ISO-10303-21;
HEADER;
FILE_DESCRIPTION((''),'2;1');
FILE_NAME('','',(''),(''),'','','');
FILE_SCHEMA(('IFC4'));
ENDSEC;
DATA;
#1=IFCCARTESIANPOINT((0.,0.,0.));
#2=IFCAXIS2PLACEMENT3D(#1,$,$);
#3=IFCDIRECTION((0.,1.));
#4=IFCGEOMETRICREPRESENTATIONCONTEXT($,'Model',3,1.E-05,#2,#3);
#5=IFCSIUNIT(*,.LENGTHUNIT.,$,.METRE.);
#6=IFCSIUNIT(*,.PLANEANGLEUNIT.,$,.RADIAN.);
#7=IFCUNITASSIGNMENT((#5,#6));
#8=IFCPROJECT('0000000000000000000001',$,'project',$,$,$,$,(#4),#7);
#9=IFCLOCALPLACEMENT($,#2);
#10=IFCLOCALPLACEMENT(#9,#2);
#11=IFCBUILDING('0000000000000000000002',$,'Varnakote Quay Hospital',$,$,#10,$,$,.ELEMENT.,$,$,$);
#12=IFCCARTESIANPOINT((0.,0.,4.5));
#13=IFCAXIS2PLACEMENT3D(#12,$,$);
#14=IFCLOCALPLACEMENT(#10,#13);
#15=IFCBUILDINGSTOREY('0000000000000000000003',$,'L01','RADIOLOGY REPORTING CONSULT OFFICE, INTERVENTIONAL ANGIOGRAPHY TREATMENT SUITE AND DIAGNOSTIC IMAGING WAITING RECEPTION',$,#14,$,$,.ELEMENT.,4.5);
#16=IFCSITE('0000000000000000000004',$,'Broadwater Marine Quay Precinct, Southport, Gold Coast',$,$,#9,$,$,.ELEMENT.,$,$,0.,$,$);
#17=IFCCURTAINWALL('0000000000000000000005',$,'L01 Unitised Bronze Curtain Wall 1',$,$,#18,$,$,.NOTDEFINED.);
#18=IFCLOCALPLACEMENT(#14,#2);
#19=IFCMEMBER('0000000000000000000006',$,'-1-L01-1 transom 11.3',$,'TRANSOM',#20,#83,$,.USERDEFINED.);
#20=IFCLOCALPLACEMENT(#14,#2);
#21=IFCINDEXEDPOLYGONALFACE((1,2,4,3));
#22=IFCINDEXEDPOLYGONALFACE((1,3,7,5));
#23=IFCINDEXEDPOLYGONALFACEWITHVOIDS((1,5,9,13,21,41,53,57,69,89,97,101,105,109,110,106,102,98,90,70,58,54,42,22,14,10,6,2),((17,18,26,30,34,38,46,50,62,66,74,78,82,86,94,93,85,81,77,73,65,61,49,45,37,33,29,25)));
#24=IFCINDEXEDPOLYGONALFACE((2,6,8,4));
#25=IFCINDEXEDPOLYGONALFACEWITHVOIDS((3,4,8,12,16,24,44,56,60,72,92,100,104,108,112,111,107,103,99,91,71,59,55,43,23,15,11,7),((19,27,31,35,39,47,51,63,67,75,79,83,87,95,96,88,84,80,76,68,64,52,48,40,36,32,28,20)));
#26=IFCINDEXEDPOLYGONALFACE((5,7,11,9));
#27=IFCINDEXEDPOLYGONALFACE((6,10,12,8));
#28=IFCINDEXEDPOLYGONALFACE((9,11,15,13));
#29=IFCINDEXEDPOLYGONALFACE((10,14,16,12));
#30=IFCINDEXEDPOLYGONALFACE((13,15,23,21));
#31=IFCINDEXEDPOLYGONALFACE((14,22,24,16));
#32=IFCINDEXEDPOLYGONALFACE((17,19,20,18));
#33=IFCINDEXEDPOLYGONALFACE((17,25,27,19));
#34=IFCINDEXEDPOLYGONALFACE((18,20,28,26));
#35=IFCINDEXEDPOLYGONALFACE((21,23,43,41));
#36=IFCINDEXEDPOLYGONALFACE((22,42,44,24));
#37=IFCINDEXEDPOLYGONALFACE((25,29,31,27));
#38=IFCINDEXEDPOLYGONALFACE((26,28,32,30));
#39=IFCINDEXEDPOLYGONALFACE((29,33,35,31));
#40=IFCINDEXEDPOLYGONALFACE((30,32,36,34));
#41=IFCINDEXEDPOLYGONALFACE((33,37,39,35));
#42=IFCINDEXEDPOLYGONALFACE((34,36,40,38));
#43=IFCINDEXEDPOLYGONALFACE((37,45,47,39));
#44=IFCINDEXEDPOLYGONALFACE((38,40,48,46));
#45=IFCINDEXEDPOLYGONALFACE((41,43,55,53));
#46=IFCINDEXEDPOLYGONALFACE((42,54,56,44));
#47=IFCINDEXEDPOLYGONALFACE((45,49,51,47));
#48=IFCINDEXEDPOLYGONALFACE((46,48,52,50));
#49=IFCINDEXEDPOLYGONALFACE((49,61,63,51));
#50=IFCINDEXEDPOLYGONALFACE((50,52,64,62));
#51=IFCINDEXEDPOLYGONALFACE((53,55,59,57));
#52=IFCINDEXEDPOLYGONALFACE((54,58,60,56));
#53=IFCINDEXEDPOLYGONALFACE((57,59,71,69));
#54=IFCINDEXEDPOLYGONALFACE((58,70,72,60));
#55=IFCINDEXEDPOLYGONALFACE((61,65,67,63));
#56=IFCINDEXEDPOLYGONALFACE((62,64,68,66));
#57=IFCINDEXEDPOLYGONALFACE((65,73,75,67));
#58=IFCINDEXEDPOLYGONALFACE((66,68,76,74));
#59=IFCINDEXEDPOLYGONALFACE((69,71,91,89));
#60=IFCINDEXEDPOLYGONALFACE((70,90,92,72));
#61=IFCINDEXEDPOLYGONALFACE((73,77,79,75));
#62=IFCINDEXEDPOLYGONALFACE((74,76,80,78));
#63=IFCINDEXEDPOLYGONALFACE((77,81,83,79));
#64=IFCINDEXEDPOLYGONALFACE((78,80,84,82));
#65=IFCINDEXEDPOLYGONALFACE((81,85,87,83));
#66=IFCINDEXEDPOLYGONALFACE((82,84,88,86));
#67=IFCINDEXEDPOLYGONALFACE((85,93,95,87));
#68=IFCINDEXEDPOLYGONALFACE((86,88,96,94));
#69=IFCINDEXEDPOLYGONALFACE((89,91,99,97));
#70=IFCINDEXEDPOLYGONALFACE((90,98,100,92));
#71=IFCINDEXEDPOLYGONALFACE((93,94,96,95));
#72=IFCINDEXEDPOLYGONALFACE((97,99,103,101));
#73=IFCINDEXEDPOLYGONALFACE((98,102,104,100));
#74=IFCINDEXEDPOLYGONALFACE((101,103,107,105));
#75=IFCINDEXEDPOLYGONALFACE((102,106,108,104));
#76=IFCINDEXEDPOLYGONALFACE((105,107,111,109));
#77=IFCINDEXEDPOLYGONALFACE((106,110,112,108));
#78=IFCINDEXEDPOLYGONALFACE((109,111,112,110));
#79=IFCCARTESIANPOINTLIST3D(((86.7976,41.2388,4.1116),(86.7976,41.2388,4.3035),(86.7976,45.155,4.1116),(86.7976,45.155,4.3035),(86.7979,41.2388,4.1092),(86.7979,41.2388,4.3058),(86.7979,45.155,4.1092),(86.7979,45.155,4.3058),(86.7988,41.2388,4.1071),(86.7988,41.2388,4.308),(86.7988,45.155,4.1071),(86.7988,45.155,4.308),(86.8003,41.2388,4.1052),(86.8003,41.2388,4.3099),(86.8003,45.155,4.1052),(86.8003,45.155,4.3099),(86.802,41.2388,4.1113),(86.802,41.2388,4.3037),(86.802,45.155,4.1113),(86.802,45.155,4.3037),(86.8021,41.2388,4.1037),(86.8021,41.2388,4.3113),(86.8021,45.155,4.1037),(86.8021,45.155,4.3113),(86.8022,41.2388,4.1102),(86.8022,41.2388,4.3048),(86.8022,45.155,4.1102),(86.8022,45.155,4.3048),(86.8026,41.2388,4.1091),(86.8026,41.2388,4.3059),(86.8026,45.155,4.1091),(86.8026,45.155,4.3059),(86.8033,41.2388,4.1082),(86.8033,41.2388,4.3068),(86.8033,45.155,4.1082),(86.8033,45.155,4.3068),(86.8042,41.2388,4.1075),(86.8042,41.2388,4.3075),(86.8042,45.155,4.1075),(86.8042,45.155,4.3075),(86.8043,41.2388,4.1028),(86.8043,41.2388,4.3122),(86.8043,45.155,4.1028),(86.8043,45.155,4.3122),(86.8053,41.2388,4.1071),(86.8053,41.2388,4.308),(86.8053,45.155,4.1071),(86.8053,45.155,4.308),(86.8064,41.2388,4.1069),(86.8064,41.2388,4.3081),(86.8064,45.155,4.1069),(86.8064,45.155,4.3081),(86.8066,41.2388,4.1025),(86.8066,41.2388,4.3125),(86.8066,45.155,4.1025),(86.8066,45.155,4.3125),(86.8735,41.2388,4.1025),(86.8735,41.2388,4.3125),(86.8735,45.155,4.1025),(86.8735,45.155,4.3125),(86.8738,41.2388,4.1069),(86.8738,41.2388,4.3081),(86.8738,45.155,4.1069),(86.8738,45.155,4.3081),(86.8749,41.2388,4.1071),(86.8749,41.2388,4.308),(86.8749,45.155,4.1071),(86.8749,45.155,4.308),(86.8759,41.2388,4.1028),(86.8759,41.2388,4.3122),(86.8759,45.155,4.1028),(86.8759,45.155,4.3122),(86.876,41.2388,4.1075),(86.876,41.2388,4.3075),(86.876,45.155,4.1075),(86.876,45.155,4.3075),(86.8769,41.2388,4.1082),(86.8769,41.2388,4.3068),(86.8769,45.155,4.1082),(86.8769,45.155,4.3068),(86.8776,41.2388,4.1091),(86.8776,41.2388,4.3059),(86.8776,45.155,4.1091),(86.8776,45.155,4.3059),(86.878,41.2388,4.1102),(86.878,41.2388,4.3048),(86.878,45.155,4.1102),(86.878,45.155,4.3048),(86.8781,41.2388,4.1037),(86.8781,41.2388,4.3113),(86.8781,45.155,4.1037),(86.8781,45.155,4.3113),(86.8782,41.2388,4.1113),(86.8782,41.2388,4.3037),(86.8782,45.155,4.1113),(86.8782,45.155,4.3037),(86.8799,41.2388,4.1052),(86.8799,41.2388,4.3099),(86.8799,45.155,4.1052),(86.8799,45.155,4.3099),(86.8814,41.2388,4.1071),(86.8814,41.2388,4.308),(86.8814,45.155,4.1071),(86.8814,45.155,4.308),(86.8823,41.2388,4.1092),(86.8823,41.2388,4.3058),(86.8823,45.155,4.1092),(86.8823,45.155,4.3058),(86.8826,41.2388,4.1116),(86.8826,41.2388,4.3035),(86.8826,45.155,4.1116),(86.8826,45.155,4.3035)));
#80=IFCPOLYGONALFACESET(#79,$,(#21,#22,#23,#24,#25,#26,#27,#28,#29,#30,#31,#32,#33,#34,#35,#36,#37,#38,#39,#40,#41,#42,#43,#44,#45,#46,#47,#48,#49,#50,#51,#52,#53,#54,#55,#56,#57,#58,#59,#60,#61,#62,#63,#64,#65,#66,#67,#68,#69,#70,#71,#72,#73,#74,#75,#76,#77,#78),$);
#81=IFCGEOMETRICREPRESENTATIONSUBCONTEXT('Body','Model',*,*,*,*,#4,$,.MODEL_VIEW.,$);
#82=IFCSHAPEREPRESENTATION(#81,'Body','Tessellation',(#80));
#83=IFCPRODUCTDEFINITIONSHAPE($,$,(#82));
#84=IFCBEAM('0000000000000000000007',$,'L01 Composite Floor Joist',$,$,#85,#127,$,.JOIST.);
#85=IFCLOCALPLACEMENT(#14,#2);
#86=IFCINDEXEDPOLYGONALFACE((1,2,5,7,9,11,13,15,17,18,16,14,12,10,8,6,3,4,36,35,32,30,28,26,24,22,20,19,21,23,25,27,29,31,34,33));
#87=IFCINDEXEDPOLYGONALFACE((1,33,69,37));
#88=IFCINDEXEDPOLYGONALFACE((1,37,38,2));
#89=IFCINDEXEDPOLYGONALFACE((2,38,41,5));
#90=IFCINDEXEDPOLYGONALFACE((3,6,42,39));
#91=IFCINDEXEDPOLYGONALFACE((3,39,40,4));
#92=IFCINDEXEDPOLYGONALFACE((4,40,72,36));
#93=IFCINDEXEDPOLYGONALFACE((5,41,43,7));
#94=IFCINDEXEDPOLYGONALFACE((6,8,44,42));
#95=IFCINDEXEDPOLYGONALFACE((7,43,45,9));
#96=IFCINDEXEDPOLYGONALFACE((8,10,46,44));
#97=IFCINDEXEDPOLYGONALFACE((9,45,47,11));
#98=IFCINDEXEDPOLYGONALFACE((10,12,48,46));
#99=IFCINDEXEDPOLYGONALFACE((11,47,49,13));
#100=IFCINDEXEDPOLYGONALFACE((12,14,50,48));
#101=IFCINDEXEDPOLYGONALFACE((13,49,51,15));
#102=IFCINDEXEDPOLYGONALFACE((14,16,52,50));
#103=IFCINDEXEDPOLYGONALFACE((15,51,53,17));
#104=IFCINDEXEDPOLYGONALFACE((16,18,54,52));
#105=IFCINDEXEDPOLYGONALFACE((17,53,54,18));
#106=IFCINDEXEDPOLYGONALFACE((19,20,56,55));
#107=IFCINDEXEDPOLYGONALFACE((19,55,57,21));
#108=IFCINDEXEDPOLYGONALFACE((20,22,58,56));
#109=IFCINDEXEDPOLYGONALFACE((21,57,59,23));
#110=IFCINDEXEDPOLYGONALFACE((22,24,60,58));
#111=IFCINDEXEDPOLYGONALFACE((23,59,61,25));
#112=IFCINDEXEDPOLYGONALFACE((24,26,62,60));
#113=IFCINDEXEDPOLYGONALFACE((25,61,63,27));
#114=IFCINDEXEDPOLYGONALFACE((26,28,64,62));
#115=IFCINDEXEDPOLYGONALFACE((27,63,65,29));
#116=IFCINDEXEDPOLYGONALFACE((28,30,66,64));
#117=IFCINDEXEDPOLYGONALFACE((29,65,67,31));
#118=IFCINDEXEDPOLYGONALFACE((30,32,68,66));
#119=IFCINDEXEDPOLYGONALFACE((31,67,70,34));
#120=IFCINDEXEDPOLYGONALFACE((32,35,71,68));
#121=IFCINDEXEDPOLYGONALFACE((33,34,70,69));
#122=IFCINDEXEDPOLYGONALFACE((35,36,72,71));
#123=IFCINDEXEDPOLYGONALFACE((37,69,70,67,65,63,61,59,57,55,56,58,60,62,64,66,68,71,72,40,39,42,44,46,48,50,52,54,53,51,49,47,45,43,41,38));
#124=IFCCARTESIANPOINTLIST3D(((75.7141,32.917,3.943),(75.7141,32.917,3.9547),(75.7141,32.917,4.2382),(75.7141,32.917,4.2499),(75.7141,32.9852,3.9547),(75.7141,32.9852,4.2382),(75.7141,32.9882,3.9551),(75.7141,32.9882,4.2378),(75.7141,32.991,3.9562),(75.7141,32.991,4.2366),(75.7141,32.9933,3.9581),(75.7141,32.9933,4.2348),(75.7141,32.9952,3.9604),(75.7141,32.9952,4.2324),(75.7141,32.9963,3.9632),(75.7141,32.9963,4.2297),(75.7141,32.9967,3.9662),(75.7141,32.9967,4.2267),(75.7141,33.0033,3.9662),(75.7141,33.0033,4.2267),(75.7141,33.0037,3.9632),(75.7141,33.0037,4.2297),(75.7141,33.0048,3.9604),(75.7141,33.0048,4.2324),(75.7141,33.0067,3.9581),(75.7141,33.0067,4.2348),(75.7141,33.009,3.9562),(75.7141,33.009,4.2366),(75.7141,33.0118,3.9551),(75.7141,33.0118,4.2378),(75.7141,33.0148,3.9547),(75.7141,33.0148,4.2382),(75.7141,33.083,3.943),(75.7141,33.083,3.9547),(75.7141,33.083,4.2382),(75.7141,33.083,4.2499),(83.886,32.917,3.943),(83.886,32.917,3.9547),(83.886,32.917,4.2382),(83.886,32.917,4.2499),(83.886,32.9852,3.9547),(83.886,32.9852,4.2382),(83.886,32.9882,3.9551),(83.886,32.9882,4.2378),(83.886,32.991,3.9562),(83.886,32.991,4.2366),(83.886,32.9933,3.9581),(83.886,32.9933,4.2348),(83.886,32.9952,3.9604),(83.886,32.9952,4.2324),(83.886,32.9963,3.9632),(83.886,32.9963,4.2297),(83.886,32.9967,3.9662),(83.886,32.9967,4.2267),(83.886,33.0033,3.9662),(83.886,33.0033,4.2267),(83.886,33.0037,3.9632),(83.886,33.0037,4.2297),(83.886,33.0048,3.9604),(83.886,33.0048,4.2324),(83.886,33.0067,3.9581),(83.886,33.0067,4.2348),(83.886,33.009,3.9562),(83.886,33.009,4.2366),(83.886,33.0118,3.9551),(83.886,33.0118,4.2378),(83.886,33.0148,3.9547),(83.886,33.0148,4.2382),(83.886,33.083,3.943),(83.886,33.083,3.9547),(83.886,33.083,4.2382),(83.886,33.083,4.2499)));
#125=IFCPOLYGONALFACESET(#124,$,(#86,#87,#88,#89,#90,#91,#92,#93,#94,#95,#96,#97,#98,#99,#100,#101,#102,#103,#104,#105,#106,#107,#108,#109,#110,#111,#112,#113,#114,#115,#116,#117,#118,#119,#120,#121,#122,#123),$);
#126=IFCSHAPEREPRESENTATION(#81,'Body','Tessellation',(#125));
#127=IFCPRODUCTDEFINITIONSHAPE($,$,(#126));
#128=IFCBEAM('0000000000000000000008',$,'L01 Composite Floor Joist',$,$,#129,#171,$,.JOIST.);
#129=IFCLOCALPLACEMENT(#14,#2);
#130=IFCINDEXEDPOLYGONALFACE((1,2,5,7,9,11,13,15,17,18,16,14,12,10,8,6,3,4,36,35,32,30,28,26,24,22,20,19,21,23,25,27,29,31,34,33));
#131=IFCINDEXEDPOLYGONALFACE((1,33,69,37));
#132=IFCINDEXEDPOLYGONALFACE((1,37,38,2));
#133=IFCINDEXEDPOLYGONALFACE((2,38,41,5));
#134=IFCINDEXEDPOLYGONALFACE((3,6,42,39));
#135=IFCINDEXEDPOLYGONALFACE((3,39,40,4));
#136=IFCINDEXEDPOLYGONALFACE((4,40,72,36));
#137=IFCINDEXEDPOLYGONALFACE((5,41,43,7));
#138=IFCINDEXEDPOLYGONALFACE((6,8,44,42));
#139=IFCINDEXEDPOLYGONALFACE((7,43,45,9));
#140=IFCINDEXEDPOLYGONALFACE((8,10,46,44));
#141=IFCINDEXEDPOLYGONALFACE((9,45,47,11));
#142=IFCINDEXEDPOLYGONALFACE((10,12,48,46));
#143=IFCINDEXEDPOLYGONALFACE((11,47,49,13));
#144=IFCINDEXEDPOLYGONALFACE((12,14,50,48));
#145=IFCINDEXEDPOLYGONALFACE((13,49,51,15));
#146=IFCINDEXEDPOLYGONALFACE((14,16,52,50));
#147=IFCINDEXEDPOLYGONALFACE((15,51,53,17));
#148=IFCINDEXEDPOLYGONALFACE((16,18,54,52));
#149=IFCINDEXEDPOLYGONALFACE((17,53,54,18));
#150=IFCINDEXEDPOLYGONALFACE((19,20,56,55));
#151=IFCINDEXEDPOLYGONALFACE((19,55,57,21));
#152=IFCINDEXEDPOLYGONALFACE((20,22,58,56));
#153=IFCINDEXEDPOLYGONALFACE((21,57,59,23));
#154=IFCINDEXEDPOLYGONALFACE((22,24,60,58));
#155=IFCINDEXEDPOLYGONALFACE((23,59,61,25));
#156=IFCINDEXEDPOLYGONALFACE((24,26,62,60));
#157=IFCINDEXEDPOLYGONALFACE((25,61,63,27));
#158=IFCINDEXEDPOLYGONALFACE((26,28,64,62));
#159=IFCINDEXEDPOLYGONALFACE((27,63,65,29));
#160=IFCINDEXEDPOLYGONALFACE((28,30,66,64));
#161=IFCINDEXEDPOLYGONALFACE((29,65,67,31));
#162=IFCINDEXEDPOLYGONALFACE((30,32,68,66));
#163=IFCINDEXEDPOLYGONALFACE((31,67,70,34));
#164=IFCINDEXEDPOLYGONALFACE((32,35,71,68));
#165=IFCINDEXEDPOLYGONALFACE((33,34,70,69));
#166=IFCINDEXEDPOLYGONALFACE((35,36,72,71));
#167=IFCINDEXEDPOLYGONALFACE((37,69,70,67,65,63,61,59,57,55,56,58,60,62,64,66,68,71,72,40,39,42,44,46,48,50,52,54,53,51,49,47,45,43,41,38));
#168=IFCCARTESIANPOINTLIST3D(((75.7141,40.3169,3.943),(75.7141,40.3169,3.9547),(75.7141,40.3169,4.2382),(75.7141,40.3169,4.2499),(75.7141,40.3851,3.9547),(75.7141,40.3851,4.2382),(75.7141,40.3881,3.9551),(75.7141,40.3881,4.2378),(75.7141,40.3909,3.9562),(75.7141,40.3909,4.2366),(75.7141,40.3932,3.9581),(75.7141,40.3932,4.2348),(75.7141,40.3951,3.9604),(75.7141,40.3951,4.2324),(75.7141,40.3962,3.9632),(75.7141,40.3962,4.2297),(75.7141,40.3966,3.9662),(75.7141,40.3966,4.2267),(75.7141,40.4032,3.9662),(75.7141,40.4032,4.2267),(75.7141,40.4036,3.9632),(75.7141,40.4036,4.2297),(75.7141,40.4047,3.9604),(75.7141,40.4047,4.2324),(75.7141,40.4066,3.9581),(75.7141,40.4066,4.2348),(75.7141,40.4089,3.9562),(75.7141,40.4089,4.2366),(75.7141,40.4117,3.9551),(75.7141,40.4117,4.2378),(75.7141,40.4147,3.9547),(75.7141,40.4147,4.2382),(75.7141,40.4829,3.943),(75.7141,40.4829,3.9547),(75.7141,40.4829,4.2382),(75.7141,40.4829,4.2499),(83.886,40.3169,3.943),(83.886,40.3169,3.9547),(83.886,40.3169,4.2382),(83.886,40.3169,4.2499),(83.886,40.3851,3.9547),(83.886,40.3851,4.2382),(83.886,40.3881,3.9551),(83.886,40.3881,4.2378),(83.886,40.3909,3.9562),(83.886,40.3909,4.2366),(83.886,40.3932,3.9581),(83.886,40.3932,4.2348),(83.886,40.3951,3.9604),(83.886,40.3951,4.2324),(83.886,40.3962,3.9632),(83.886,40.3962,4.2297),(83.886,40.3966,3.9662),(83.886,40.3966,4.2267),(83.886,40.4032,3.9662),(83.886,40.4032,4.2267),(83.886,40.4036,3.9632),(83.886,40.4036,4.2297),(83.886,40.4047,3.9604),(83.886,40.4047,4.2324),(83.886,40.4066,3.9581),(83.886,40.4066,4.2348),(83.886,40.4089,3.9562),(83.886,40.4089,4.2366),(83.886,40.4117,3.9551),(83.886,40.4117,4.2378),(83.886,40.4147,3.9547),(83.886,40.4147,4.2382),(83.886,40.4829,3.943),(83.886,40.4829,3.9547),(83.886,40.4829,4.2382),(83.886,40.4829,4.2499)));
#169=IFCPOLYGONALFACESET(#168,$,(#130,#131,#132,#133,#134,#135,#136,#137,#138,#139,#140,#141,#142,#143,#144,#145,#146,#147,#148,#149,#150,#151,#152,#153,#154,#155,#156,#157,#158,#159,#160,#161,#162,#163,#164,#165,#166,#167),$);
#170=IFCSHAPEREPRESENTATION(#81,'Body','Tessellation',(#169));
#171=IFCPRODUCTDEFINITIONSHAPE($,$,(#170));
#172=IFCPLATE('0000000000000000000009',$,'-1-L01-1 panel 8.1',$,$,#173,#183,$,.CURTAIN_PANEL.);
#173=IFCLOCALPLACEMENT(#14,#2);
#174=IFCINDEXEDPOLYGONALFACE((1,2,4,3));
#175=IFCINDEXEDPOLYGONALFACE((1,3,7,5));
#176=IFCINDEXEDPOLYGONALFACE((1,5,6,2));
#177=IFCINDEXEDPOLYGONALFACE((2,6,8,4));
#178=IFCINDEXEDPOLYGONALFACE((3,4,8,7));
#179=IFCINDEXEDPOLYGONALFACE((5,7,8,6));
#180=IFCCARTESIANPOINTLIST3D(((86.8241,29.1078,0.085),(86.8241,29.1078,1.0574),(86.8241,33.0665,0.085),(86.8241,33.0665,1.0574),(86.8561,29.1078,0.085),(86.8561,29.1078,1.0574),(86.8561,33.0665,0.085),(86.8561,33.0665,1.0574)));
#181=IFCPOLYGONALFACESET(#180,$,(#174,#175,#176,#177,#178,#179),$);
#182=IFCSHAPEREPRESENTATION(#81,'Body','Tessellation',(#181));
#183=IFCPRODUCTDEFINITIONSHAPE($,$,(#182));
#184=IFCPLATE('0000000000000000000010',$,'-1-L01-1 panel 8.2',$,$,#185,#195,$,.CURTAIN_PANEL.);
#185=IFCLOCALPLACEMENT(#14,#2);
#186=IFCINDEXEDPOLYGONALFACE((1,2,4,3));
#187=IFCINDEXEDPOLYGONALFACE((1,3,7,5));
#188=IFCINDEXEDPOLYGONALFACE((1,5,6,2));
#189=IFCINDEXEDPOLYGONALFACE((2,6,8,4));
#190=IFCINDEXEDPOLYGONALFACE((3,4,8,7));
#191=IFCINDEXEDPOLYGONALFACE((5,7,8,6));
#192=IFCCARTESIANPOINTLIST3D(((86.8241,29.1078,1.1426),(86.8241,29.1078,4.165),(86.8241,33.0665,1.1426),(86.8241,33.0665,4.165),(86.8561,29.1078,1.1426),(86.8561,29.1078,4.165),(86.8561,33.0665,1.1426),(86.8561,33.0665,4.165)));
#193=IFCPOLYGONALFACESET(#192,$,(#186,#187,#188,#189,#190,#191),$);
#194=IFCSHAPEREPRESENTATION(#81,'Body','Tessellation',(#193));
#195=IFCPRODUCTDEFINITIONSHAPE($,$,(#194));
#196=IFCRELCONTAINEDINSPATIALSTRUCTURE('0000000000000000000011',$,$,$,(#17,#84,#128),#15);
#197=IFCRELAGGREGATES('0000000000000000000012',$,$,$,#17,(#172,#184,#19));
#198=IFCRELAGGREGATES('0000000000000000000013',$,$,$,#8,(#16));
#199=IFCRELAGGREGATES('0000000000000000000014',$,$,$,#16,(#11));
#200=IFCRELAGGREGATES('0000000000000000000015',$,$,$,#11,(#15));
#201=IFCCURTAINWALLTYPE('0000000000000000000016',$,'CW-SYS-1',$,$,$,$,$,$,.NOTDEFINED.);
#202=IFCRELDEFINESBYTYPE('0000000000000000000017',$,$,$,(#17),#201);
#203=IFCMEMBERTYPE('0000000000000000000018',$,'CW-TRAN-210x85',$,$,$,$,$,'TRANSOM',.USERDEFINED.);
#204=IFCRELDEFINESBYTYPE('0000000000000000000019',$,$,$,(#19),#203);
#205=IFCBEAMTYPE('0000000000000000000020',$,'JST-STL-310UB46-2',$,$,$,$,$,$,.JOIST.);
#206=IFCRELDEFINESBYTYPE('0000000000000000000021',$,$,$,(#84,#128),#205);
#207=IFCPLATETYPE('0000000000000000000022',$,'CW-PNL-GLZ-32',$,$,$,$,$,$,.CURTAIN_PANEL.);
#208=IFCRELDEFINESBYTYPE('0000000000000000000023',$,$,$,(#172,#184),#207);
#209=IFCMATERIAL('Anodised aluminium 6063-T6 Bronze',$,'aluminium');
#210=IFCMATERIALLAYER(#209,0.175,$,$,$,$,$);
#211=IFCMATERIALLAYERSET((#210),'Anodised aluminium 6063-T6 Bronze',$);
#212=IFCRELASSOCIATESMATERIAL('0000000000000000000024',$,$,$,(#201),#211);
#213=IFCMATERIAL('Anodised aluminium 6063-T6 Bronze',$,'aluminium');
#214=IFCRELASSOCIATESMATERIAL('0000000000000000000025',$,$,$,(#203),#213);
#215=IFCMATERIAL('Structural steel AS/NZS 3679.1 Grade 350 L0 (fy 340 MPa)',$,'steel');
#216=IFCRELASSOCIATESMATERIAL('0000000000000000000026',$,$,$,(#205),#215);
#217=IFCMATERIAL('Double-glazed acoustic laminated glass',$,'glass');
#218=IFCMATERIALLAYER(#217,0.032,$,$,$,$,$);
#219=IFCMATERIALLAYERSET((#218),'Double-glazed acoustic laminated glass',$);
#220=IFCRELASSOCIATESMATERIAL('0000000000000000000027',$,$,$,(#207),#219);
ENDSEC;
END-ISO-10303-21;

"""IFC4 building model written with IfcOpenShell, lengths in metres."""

from ifc_helpers import new_model, si_unit, direction, frame, origin, origin_2d, place, context, subcontext, project, spatial, rectangle, hollow_rectangle, i_section, extrude, material, layer, layer_set, material_profile, profile_set, type_object, element, aggregate, save


model = new_model("IFC4")

# Units and contexts
model_context = context("Model", 3, precision=1e-05, world=origin(), true_north=direction((0.0, 1.0)))
body_context = subcontext(model_context, "Body", "Model", "MODEL_VIEW")
ifc_project = project(units=[si_unit("LENGTHUNIT", "METRE"), si_unit("PLANEANGLEUNIT", "RADIAN")], contexts=[model_context])

# Site, building, storey
site_placement = place(None, origin())
site = spatial("IfcSite", under=ifc_project, at=site_placement, Name="Broadwater Marine Quay Precinct, Southport, Gold Coast", CompositionType="ELEMENT", RefElevation=0.0)
building_placement = place(site_placement, origin())
building = spatial("IfcBuilding", under=site, at=building_placement, Name="Varnakote Quay Hospital", CompositionType="ELEMENT")
storey_placement = place(building_placement, frame((0.0, 0.0, 4.5)))
storey = spatial("IfcBuildingStorey", under=building, at=storey_placement, Name="L01", Description="RADIOLOGY REPORTING CONSULT OFFICE, INTERVENTIONAL ANGIOGRAPHY TREATMENT SUITE AND DIAGNOSTIC IMAGING WAITING RECEPTION", CompositionType="ELEMENT", Elevation=4.5)

# Curtain wall, member
ifc_material_1 = material(Name="Anodised aluminium 6063-T6 Bronze", Category="aluminium")
ifc_layer_1 = layer(ifc_material_1, 0.175)
ifc_layer_set_1 = layer_set([ifc_layer_1], Name="Anodised aluminium 6063-T6 Bronze")
curtain_wall_type = type_object("IfcCurtainWallType", Name="CW-SYS-1", PredefinedType="NOTDEFINED", material=ifc_layer_set_1)
curtain_wall_placement = place(storey_placement, origin())
curtain_wall = element("IfcCurtainWall", 1, at=curtain_wall_placement, inside=storey, type_object=curtain_wall_type, Name="L01 Unitised Bronze Curtain Wall 1", PredefinedType="NOTDEFINED")
ifc_material_2 = material(Name="Anodised aluminium 6063-T6 Bronze", Category="aluminium")
ifc_material_profile_1 = material_profile(ifc_material_2, hollow_rectangle(XDim=0.085, YDim=0.21, WallThickness=0.0044, InnerFilletRadius=0.0044, OuterFilletRadius=0.009, at=origin_2d()), Name="CW-TRAN-210x85")
ifc_profile_set_1 = profile_set([ifc_material_profile_1], Name="Anodised aluminium 6063-T6 Bronze")
member_type_1 = type_object("IfcMemberType", Name="CW-TRAN-210x85", ElementType="TRANSOM", PredefinedType="USERDEFINED", material=ifc_profile_set_1)
member_1_placement = place(storey_placement, frame((86.8401, 41.2388, 4.2075), z_axis=(0.0, 1.0, 0.0), x_axis=(-1.0, 0.0, 0.0)))
member_1 = element("IfcMember", 2, at=member_1_placement, type_object=member_type_1, Name="-1-L01-1 transom 11.3", ObjectType="TRANSOM", PredefinedType="USERDEFINED", context=body_context, shape_type="SweptSolid", body=[
    extrude(hollow_rectangle(XDim=0.085, YDim=0.21, WallThickness=0.0044, InnerFilletRadius=0.0044, OuterFilletRadius=0.009, at=origin_2d()), origin(), (0.0, 0.0, 1.0), 3.9163),
])

# Beams
ifc_material_3 = material(Name="Structural steel AS/NZS 3679.1 Grade 350 L0 (fy 340 MPa)", Category="steel")
ifc_material_profile_2 = material_profile(ifc_material_3, i_section(OverallWidth=0.166, OverallDepth=0.3069, WebThickness=0.0066, FlangeThickness=0.0117, FilletRadius=0.0115, at=origin_2d()), Name="310UB46.2")
ifc_profile_set_2 = profile_set([ifc_material_profile_2], Name="Structural steel AS/NZS 3679.1 Grade 350 L0 (fy 340 MPa)")
beam_type_1 = type_object("IfcBeamType", Name="JST-STL-310UB46-2", PredefinedType="JOIST", material=ifc_profile_set_2)
for number, where, z_axis, x_axis, name in (
    (3, (75.7141, 33.0, 4.0964), (1.0, 0.0, 0.0), (0.0, 1.0, 0.0), "L01 Composite Floor Joist"),
    (4, (75.7141, 40.3999, 4.0964), (1.0, 0.0, 0.0), (0.0, 1.0, 0.0), "L01 Composite Floor Joist"),
):
    element("IfcBeam", number, at=place(storey_placement, frame(where, z_axis=z_axis, x_axis=x_axis)), inside=storey, type_object=beam_type_1, Name=name, PredefinedType="JOIST", context=body_context, shape_type="SweptSolid", body=[
        extrude(i_section(OverallWidth=0.166, OverallDepth=0.3069, WebThickness=0.0066, FlangeThickness=0.0117, FilletRadius=0.0115, at=origin_2d()), origin(), (0.0, 0.0, 1.0), 8.1719),
    ])

# Plates
ifc_material_4 = material(Name="Double-glazed acoustic laminated glass", Category="glass")
ifc_layer_2 = layer(ifc_material_4, 0.032)
ifc_layer_set_2 = layer_set([ifc_layer_2], Name="Double-glazed acoustic laminated glass")
plate_type = type_object("IfcPlateType", Name="CW-PNL-GLZ-32", PredefinedType="CURTAIN_PANEL", material=ifc_layer_set_2)
plate_1_placement = place(storey_placement, frame((86.8401, 31.0872, 0.085), z_axis=(0.0, 0.0, 1.0), x_axis=(0.0, 1.0, 0.0)))
plate_1 = element("IfcPlate", 5, at=plate_1_placement, type_object=plate_type, Name="-1-L01-1 panel 8.1", PredefinedType="CURTAIN_PANEL", context=body_context, shape_type="SweptSolid", body=[
    extrude(rectangle(XDim=3.9587, YDim=0.032, at=origin_2d()), origin(), (0.0, 0.0, 1.0), 0.9724),
])
plate_2_placement = place(storey_placement, frame((86.8401, 31.0872, 1.1426), z_axis=(0.0, 0.0, 1.0), x_axis=(0.0, 1.0, 0.0)))
plate_2 = element("IfcPlate", 6, at=plate_2_placement, type_object=plate_type, Name="-1-L01-1 panel 8.2", PredefinedType="CURTAIN_PANEL", context=body_context, shape_type="SweptSolid", body=[
    extrude(rectangle(XDim=3.9587, YDim=0.032, at=origin_2d()), origin(), (0.0, 0.0, 1.0), 3.0225),
])
aggregate(curtain_wall, [plate_1, plate_2, member_1])

save(model, "model.ifc")
